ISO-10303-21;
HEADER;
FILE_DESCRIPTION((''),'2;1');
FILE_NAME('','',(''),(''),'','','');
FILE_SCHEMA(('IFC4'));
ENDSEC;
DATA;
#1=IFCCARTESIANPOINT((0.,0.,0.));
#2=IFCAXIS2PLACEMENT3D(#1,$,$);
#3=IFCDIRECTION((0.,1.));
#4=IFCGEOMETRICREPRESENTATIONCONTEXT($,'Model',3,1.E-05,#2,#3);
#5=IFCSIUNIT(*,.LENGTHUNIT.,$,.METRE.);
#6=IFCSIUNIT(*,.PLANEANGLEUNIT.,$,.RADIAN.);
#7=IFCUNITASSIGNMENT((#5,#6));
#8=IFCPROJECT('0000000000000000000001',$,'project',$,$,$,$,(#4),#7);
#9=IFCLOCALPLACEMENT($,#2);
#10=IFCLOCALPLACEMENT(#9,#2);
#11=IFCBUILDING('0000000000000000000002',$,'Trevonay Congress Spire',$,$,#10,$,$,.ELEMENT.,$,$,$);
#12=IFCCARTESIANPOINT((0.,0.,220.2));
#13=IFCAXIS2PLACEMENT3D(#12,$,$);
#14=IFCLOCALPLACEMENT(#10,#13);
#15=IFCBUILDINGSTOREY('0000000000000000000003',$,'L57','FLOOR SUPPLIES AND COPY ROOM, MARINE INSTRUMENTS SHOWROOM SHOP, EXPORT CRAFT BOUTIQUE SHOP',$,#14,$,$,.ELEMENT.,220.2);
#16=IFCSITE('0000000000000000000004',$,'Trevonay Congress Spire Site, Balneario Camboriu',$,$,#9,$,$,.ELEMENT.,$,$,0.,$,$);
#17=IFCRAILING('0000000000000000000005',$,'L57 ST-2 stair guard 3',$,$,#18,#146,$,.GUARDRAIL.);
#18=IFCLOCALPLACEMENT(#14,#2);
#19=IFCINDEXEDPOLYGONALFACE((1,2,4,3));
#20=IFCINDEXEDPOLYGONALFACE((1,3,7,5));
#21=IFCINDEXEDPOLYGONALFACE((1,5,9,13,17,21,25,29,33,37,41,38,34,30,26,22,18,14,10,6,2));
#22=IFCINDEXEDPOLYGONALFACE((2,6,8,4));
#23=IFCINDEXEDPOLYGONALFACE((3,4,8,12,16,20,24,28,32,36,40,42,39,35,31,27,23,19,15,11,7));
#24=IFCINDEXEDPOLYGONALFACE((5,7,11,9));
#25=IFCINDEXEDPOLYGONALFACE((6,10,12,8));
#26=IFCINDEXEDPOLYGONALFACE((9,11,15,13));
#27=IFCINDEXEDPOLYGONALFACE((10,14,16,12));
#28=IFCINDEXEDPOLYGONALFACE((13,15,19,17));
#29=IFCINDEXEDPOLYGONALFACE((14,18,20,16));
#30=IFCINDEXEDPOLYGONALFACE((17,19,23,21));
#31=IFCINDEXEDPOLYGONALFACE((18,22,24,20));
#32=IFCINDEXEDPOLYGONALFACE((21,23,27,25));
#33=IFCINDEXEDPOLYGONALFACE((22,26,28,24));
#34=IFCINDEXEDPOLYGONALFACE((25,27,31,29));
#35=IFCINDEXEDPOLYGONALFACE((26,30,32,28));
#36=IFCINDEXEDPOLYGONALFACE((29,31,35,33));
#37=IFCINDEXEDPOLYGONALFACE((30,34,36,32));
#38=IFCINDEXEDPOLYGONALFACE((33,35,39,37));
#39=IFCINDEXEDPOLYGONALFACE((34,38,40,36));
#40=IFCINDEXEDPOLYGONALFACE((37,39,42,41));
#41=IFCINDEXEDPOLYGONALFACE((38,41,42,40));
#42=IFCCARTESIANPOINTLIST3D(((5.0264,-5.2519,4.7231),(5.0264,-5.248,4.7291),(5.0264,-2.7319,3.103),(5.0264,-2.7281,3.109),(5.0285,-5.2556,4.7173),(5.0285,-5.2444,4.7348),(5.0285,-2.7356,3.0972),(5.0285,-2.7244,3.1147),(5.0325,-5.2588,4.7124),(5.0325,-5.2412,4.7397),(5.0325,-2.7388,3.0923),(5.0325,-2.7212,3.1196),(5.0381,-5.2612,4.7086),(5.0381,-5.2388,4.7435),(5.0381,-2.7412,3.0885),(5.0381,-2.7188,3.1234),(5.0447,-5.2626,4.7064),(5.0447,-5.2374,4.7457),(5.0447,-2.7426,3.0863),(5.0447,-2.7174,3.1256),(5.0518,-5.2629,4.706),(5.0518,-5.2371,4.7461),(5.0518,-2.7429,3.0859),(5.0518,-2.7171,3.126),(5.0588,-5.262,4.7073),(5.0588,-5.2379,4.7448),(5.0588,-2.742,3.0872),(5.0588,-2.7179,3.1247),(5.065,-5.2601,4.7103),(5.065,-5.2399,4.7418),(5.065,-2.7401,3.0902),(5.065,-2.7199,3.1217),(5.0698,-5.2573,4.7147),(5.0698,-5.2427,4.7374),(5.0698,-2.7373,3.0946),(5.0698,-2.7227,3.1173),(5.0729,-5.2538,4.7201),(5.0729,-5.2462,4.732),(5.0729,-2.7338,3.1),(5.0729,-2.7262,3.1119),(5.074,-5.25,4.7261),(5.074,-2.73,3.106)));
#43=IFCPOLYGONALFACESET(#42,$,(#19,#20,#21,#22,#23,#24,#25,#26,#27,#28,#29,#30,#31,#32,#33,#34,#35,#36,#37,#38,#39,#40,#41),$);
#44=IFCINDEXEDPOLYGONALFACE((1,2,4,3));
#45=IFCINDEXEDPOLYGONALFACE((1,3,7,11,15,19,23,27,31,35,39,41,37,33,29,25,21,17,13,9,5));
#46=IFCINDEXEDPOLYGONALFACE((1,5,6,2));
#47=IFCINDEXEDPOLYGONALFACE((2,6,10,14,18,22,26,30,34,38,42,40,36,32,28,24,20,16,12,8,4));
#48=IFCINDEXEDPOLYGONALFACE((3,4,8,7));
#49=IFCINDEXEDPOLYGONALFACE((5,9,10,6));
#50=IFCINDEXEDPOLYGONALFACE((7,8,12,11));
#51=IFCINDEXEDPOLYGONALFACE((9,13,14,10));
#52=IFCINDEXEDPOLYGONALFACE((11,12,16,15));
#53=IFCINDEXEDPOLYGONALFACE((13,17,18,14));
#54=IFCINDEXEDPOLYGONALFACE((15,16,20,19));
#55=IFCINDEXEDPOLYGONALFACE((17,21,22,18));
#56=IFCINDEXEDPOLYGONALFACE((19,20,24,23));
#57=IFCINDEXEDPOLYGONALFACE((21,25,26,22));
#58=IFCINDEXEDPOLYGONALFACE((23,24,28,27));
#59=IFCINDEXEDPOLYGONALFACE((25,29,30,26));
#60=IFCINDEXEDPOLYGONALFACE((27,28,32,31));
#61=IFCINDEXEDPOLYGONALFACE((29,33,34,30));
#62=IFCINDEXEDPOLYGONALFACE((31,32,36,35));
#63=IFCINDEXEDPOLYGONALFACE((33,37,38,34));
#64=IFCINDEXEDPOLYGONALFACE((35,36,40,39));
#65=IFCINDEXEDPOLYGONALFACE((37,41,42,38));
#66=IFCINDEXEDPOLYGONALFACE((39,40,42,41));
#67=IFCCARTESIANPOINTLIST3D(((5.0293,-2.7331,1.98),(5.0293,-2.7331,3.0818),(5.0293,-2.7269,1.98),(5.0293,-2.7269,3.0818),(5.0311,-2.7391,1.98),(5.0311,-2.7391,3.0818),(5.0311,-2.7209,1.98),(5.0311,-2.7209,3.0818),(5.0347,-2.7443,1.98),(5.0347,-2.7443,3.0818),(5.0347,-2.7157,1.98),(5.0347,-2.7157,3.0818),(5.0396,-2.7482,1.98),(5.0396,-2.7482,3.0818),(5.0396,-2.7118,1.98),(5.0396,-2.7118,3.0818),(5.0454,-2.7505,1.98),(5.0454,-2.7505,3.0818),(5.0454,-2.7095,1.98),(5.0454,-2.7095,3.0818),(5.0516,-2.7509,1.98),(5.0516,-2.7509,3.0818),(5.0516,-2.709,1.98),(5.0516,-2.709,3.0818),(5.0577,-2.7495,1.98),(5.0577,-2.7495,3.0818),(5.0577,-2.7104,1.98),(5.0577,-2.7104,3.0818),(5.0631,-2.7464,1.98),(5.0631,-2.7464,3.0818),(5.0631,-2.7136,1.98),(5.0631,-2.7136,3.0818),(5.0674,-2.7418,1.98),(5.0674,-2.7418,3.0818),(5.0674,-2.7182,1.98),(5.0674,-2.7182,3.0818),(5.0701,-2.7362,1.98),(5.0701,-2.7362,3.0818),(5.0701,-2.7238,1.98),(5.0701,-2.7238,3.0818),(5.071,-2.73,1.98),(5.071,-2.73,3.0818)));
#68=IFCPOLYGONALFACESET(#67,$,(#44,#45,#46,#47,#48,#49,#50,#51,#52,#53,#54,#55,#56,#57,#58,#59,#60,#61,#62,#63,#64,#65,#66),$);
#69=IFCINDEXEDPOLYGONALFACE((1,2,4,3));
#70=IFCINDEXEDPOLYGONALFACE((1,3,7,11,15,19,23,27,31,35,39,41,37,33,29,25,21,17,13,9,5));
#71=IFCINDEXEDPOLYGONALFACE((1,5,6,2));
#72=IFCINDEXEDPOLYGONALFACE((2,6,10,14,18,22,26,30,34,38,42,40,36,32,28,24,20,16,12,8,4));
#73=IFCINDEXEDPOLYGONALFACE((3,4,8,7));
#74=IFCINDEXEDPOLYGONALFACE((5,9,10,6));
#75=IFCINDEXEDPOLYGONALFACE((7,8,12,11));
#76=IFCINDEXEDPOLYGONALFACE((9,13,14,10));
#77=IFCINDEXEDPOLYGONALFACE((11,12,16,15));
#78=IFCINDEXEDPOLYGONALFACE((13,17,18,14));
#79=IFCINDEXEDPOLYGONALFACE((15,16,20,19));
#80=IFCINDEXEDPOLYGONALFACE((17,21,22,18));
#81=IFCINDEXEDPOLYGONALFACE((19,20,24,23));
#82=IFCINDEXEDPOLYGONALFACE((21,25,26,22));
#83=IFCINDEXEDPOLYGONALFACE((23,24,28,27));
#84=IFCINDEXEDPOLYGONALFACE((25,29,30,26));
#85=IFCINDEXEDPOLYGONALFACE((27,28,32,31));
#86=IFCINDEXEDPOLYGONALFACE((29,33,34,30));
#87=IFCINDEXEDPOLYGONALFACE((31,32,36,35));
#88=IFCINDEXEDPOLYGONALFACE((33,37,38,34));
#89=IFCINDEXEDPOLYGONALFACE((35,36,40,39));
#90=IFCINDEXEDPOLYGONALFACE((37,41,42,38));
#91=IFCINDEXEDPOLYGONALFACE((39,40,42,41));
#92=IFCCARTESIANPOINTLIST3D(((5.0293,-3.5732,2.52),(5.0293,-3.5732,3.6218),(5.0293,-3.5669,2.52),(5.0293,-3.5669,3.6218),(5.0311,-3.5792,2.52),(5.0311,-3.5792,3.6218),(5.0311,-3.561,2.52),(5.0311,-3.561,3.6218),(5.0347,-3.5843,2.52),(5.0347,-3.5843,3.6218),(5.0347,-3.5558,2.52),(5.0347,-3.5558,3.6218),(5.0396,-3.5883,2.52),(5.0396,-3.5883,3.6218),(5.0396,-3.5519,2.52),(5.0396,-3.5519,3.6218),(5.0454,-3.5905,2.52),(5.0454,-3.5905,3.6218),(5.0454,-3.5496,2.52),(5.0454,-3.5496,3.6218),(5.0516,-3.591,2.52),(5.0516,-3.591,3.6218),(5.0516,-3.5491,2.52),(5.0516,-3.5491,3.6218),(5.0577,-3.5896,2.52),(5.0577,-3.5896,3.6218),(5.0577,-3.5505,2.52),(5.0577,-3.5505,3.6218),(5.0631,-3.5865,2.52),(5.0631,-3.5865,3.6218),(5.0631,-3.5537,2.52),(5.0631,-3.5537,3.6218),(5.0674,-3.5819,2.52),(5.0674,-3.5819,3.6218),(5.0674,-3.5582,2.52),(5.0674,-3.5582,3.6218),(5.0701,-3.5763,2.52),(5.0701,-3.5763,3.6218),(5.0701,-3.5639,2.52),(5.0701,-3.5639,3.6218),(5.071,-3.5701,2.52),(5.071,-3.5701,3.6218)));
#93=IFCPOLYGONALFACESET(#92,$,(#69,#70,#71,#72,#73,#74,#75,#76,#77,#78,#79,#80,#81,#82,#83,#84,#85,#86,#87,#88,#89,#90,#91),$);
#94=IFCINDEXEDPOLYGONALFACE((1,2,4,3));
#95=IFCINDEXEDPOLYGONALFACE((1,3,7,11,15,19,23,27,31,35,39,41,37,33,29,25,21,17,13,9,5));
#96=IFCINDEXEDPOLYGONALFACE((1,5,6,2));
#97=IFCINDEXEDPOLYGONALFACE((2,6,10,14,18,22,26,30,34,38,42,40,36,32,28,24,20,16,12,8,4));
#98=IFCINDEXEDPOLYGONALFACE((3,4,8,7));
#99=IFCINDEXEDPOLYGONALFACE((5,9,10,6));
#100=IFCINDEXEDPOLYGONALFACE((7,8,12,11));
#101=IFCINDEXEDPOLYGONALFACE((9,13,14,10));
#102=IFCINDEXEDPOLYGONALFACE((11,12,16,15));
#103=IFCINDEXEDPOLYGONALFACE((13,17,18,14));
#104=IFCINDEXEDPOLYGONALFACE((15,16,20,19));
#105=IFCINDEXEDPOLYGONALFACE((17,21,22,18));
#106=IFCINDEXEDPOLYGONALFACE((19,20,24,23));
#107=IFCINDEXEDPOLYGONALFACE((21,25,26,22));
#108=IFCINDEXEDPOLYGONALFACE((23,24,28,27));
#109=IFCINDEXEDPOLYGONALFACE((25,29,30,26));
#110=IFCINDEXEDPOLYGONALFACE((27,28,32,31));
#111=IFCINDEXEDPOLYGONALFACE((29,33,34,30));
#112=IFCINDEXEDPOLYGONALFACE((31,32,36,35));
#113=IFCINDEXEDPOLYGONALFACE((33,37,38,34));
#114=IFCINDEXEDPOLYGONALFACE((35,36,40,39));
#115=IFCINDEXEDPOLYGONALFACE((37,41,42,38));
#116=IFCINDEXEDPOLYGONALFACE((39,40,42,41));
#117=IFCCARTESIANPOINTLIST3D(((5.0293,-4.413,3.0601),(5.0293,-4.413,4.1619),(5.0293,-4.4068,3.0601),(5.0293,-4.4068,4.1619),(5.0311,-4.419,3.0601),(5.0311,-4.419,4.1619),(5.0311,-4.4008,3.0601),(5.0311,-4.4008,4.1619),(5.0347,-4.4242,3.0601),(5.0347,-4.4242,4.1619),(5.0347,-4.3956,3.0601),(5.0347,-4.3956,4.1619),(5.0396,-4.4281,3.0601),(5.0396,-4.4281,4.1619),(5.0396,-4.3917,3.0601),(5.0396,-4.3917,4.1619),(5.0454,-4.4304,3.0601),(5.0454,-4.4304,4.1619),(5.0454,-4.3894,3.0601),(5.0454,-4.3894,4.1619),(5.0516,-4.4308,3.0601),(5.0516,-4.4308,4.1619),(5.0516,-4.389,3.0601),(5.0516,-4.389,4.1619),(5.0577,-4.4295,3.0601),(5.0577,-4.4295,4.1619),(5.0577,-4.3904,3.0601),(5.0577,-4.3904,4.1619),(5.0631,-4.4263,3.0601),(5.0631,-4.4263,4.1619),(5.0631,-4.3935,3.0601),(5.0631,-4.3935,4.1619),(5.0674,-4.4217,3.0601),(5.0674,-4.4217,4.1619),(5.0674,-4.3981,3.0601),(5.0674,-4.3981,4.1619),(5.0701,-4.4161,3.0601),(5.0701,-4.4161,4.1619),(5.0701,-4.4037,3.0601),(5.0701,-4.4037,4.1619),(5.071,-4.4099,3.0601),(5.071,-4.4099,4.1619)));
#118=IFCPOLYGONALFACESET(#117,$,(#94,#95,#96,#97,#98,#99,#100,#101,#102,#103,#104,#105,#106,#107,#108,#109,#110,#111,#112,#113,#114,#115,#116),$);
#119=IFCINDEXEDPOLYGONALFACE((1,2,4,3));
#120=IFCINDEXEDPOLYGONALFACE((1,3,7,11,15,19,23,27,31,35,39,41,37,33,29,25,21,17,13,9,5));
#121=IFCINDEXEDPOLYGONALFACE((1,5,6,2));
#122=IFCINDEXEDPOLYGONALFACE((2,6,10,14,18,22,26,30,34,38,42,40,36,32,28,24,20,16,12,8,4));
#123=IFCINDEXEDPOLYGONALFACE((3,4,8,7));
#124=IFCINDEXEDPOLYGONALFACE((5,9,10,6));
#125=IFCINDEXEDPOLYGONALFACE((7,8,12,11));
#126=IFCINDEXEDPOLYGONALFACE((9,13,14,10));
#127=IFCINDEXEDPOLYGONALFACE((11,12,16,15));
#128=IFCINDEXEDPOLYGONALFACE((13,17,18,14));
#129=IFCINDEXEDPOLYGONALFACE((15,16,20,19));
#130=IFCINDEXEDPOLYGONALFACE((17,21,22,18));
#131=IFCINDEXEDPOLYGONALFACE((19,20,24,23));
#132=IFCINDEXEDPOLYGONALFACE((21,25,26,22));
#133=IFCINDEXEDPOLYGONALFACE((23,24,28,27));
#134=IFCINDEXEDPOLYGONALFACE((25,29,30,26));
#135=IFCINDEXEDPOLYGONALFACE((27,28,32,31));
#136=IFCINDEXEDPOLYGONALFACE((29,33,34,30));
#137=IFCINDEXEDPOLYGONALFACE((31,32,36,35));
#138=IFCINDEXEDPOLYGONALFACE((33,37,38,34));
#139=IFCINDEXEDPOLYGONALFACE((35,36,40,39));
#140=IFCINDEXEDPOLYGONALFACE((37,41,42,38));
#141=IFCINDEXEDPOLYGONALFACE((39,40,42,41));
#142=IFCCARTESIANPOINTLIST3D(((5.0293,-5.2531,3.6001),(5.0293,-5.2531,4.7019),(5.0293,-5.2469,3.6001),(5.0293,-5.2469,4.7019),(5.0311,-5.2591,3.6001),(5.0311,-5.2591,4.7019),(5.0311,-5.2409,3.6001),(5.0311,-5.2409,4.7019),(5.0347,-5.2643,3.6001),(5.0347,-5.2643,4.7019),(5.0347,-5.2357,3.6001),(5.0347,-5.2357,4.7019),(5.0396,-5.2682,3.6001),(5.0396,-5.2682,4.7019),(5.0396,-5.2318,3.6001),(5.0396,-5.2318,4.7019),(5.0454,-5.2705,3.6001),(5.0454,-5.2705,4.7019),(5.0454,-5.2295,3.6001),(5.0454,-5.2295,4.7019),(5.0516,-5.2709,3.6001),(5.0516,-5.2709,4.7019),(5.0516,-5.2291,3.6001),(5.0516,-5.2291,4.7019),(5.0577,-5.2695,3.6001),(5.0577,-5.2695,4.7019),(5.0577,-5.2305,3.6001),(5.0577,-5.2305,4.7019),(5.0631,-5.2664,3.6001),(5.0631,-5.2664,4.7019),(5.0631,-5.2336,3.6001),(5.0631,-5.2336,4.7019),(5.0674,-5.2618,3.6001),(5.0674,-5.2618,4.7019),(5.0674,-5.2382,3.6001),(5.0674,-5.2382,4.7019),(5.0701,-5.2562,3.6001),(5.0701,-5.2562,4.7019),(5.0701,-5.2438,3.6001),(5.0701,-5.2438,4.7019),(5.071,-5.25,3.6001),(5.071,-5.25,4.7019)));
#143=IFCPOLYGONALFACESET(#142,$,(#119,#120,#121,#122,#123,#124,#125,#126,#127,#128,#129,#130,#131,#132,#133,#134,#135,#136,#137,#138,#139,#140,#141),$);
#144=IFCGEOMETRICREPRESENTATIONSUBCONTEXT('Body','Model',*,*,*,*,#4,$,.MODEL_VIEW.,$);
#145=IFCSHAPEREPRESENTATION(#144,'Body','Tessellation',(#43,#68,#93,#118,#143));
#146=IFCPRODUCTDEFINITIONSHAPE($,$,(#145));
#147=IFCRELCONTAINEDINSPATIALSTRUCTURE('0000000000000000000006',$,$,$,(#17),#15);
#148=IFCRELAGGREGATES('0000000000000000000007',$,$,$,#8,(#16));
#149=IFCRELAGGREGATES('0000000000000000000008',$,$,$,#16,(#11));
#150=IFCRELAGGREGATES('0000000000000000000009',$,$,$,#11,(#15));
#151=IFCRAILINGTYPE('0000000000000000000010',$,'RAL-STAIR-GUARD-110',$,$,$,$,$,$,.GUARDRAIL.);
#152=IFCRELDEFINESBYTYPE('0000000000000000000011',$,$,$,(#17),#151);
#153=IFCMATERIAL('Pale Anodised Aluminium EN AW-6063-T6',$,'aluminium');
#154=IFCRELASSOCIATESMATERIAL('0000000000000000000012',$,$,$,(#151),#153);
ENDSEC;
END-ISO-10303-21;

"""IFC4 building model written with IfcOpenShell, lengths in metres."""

from ifc_helpers import new_model, si_unit, direction, frame, origin, origin_2d, place, context, subcontext, project, spatial, circle, extrude, material, type_object, element, save


model = new_model("IFC4")

# Units and contexts
model_context = context("Model", 3, precision=1e-05, world=origin(), true_north=direction((0.0, 1.0)))
body_context = subcontext(model_context, "Body", "Model", "MODEL_VIEW")
ifc_project = project(units=[si_unit("LENGTHUNIT", "METRE"), si_unit("PLANEANGLEUNIT", "RADIAN")], contexts=[model_context])

# Site, building, storey
site_placement = place(None, origin())
site = spatial("IfcSite", under=ifc_project, at=site_placement, Name="Trevonay Congress Spire Site, Balneario Camboriu", CompositionType="ELEMENT", RefElevation=0.0)
building_placement = place(site_placement, origin())
building = spatial("IfcBuilding", under=site, at=building_placement, Name="Trevonay Congress Spire", CompositionType="ELEMENT")
storey_placement = place(building_placement, frame((0.0, 0.0, 220.2)))
storey = spatial("IfcBuildingStorey", under=building, at=storey_placement, Name="L57", Description="FLOOR SUPPLIES AND COPY ROOM, MARINE INSTRUMENTS SHOWROOM SHOP, EXPORT CRAFT BOUTIQUE SHOP", CompositionType="ELEMENT", Elevation=220.2)

# Shared definitions
ifc_material_1 = material(Name="Pale Anodised Aluminium EN AW-6063-T6", Category="aluminium")

# Railing
railing_type_1 = type_object("IfcRailingType", Name="RAL-STAIR-GUARD-110", PredefinedType="GUARDRAIL", material=ifc_material_1)
railing_1_placement = place(storey_placement, frame((5.05, -2.73, 1.98)))
element("IfcRailing", 1, at=railing_1_placement, inside=storey, type_object=railing_type_1, Name="L57 ST-2 stair guard 3", PredefinedType="GUARDRAIL", context=body_context, shape_type="SweptSolid", body=[
    extrude(circle(Radius=0.0239, at=origin_2d()), frame((0.0, 0.0, 1.126), z_axis=(0.0, -0.841163, 0.540782), x_axis=(1.0, 0.0, 0.0)), (0.0, 0.0, 1.0), 2.9958),
    extrude(circle(Radius=0.021, at=origin_2d()), origin(), (0.0, 0.0, 1.0), 1.1018),
    extrude(circle(Radius=0.021, at=origin_2d()), frame((0.0, -0.8401, 0.54)), (0.0, 0.0, 1.0), 1.1018),
    extrude(circle(Radius=0.021, at=origin_2d()), frame((0.0, -1.6799, 1.0801)), (0.0, 0.0, 1.0), 1.1018),
    extrude(circle(Radius=0.021, at=origin_2d()), frame((0.0, -2.52, 1.6201)), (0.0, 0.0, 1.0), 1.1018),
])

save(model, "model.ifc")
